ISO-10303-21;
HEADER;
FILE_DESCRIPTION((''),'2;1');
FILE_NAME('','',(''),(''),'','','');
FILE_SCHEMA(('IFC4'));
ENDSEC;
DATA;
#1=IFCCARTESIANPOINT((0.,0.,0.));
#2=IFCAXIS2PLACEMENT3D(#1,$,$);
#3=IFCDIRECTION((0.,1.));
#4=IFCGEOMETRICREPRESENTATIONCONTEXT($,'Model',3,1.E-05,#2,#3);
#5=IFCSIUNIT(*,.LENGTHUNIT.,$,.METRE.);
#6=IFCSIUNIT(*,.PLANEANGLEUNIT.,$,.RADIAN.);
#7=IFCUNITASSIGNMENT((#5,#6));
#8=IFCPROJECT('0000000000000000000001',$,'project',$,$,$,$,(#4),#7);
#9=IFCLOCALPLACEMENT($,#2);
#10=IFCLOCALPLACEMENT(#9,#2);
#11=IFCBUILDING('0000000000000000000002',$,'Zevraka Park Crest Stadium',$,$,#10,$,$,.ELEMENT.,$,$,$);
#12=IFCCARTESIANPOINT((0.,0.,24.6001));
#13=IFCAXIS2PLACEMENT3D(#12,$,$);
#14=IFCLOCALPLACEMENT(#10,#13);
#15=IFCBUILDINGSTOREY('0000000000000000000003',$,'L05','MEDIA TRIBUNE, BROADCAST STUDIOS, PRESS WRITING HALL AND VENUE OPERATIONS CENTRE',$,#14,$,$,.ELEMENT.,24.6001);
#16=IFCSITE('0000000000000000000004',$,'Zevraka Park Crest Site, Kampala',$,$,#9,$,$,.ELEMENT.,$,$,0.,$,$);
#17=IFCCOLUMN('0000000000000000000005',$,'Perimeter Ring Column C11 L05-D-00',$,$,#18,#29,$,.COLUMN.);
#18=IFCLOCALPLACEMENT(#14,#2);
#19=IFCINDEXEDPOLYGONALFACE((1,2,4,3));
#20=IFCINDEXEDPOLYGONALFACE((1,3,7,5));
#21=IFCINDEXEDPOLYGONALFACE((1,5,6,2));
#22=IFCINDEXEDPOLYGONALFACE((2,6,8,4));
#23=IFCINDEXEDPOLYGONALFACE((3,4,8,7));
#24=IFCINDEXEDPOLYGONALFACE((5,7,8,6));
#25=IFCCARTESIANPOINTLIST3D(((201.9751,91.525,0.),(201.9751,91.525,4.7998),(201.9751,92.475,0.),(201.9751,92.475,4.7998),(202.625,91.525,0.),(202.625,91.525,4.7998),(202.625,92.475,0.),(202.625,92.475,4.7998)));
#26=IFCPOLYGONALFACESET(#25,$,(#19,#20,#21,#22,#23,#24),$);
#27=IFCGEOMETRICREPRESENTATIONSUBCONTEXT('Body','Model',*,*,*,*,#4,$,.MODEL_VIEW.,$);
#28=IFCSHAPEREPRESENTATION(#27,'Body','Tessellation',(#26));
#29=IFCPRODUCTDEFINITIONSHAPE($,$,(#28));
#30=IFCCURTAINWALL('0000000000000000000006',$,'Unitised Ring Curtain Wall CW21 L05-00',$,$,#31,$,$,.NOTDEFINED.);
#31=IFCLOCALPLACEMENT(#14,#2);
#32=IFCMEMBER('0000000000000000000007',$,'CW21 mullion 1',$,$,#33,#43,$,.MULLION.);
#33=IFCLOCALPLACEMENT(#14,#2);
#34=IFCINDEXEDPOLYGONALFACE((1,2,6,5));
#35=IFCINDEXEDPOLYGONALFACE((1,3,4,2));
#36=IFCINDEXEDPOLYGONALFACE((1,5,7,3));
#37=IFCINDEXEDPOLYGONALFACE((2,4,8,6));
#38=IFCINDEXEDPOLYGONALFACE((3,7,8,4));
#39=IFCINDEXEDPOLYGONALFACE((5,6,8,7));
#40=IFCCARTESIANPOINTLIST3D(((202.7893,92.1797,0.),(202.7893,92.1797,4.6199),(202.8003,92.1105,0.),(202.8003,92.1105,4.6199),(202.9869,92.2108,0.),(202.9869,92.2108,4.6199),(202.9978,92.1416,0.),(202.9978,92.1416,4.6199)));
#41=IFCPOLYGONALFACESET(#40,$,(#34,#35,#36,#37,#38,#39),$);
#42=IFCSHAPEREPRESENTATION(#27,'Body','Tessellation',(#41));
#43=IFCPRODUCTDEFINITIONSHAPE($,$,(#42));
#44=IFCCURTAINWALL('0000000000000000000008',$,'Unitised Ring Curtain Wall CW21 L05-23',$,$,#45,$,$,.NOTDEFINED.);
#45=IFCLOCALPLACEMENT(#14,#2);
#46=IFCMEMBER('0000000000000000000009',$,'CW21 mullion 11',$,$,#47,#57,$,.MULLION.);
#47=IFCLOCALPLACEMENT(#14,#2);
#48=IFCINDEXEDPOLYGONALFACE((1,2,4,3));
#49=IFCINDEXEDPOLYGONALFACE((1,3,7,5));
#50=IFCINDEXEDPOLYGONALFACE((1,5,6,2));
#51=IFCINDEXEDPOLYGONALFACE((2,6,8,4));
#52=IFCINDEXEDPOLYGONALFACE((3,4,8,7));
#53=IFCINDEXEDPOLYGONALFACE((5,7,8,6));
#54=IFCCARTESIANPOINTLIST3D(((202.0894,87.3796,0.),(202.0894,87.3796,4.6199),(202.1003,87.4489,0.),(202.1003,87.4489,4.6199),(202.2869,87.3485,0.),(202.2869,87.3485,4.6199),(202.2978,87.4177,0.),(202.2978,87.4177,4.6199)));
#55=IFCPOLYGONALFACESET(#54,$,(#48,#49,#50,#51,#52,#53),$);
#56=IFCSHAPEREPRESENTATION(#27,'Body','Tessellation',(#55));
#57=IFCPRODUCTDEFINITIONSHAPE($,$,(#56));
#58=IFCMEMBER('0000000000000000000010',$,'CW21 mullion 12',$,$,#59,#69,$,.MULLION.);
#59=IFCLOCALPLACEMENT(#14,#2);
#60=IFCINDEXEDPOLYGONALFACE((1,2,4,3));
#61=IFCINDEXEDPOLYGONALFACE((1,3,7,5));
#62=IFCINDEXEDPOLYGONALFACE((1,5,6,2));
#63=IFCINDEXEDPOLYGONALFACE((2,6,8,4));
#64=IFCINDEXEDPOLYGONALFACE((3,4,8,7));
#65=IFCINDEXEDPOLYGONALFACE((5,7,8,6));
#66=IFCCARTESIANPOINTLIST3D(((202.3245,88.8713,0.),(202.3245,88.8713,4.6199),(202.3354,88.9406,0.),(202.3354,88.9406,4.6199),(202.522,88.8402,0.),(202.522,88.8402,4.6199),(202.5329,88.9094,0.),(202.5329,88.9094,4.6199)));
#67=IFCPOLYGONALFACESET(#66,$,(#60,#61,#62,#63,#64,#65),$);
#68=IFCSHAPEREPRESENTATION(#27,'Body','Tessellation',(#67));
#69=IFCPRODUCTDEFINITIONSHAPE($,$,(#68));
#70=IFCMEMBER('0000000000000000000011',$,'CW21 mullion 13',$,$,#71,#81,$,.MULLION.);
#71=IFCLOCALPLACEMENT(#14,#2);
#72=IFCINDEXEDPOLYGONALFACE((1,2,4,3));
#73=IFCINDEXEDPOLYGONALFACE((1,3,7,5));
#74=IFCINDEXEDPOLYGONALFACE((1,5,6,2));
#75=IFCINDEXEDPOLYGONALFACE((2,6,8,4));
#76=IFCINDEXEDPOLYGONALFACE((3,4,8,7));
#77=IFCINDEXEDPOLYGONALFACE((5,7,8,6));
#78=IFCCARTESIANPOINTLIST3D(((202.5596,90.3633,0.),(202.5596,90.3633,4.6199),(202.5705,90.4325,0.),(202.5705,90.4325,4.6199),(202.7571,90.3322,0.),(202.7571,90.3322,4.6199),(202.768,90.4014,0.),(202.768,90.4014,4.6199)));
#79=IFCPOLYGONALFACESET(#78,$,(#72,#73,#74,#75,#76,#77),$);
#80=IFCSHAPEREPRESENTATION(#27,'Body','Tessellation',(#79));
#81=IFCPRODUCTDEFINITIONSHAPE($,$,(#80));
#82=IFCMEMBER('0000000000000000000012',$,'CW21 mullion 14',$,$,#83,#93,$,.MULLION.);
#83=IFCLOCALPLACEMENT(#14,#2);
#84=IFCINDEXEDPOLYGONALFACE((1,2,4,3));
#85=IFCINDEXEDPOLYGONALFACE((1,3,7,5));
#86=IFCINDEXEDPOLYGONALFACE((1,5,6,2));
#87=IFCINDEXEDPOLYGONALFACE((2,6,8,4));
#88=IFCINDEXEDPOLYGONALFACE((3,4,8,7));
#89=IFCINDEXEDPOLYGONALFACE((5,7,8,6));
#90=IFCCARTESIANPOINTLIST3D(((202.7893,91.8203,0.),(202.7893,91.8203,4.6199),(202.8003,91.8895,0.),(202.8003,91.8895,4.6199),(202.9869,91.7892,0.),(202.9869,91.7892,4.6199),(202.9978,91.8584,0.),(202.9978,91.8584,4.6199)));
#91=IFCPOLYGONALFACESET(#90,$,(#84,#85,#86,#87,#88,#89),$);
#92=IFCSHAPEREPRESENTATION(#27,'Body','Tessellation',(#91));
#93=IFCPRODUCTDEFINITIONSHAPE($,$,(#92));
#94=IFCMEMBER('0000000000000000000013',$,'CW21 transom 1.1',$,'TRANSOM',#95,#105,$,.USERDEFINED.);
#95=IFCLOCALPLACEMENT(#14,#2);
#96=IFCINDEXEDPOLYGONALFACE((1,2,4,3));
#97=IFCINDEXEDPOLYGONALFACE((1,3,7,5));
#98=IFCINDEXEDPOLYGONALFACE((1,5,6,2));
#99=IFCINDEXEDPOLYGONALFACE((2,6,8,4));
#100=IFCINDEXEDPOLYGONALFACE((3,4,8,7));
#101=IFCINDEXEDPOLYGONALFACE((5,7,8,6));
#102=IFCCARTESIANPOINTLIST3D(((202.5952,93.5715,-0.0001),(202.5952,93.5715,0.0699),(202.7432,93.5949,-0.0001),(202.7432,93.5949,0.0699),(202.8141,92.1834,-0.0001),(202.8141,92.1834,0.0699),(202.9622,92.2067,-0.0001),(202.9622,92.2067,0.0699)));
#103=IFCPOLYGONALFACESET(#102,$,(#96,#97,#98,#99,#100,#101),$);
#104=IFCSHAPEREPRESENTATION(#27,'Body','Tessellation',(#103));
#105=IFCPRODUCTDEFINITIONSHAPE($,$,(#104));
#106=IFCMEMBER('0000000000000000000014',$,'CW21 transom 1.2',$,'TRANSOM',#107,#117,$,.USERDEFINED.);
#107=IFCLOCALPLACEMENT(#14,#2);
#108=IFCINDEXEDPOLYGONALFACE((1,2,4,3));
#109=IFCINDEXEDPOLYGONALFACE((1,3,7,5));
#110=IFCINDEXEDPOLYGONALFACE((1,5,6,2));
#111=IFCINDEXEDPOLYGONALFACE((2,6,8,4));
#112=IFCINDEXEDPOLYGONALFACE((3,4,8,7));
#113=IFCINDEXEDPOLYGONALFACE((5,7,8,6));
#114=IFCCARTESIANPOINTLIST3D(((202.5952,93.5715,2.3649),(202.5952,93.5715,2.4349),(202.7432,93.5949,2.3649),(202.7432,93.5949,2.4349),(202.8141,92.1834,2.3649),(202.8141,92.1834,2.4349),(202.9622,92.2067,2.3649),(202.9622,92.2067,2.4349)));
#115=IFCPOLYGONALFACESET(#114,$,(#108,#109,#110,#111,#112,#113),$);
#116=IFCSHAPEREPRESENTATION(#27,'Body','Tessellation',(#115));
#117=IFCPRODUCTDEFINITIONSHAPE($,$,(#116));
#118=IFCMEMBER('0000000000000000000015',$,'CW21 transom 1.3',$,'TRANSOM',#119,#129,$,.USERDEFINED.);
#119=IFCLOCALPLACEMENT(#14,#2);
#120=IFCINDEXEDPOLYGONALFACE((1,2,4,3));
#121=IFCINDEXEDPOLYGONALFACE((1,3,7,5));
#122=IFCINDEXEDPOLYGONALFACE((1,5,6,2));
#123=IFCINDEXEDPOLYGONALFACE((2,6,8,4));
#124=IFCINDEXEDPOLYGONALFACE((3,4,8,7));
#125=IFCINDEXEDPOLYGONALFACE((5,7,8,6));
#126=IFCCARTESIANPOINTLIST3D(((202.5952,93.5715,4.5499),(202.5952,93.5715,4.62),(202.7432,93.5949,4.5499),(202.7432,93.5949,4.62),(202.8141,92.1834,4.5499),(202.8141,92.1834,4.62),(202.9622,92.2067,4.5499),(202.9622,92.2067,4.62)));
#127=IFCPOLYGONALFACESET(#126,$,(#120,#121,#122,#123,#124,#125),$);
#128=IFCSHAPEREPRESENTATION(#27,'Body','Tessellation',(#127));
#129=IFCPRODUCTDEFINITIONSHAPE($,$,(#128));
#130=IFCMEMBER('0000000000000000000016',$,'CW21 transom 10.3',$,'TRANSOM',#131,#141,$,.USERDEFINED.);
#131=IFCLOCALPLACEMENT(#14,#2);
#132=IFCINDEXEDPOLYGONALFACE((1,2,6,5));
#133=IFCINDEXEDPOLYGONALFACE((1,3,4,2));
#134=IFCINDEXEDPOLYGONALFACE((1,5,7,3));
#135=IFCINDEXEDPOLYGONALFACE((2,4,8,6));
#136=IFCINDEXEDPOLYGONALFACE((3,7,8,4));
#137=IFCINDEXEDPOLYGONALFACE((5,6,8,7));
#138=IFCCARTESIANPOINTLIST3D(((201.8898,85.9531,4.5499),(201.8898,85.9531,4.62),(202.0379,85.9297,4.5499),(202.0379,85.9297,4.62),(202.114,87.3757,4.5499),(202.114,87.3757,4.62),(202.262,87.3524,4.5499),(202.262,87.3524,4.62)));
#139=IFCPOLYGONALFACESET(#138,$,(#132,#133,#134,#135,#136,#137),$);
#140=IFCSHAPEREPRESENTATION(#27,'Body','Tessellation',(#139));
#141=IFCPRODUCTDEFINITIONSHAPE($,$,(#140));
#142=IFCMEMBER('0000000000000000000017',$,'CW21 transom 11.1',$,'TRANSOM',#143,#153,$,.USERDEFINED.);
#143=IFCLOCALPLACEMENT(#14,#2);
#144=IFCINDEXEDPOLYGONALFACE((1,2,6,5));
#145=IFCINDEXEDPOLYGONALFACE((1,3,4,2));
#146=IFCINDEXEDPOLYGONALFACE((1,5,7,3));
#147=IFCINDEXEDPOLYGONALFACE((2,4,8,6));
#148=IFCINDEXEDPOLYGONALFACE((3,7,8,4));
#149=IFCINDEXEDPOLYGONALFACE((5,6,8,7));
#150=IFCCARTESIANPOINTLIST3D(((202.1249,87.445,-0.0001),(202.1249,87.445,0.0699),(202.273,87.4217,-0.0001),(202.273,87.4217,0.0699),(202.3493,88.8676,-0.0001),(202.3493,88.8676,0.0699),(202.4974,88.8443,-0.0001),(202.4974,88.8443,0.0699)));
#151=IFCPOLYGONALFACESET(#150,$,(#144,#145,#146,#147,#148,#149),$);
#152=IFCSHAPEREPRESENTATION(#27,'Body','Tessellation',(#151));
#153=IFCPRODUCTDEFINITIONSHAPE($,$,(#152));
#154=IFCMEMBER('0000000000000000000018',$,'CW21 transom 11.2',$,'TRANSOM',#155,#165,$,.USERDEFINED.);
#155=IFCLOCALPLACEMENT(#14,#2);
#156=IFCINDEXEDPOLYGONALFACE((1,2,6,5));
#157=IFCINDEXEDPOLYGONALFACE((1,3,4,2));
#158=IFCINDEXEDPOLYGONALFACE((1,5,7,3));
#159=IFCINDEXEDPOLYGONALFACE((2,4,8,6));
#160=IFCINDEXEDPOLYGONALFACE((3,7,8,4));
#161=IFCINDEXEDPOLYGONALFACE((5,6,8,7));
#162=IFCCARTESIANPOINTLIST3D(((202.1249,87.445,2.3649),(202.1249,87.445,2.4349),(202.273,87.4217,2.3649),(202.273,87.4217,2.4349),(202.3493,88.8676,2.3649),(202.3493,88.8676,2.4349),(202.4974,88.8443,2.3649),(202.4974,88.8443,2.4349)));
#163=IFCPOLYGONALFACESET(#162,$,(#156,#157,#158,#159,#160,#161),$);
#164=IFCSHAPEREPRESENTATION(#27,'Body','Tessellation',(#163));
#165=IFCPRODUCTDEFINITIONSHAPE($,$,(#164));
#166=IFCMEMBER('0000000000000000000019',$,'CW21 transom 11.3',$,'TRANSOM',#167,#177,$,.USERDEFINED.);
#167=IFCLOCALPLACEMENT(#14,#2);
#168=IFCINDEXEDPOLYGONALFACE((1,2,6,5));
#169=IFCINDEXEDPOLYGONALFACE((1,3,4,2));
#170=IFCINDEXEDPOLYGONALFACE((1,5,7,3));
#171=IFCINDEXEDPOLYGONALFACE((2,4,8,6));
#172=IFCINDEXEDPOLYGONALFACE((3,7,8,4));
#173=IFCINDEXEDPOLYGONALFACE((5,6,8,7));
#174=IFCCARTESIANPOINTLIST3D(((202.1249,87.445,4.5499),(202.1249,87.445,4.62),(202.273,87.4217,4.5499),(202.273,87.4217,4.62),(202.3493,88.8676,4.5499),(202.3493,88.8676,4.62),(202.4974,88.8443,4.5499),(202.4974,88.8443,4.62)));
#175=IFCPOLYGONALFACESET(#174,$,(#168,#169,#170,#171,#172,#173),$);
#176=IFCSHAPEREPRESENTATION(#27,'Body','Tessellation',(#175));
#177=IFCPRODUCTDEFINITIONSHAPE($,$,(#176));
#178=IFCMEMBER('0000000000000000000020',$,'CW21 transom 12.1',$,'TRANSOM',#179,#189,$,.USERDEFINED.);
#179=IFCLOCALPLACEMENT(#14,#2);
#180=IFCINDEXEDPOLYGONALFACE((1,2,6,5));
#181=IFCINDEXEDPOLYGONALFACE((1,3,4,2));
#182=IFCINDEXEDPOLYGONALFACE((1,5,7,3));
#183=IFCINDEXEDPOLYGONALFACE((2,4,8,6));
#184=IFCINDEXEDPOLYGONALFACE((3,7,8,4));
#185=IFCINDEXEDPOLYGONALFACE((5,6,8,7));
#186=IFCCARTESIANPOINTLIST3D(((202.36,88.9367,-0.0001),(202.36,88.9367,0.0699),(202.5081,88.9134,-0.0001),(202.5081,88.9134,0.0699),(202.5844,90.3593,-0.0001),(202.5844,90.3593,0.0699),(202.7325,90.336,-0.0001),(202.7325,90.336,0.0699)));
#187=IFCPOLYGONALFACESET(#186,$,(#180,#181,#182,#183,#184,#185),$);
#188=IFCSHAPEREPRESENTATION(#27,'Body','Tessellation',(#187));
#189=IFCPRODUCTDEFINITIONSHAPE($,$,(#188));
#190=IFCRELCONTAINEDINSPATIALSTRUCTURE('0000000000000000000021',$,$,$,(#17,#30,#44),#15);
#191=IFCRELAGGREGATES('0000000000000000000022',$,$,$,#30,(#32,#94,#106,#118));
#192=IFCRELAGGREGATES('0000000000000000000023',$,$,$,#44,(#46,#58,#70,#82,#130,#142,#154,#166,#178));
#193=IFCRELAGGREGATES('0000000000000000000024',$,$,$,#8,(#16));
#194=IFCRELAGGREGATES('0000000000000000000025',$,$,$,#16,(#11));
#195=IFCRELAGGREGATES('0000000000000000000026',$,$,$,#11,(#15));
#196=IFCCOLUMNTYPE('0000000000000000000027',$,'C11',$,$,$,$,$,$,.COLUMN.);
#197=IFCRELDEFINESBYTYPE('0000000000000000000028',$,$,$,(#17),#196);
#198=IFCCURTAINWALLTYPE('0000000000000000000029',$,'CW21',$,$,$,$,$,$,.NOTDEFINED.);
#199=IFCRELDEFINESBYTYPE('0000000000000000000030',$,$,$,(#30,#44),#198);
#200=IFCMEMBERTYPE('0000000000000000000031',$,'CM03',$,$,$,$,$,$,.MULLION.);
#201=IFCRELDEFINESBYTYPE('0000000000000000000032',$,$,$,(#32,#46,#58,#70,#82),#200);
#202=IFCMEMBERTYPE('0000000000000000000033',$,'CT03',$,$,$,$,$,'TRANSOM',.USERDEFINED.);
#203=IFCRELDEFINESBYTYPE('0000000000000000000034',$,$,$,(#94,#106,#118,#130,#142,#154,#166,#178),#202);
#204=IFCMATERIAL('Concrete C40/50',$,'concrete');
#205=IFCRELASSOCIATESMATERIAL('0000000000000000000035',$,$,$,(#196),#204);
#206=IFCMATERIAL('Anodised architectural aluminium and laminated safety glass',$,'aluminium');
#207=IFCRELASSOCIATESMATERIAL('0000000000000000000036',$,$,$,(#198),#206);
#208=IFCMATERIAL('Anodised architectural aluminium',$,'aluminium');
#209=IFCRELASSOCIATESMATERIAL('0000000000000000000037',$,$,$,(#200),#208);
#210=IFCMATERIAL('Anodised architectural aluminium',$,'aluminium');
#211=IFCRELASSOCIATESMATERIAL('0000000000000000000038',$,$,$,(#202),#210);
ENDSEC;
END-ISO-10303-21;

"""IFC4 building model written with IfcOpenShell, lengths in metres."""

from ifc_helpers import new_model, si_unit, direction, frame, origin, origin_2d, place, context, subcontext, project, spatial, rectangle, extrude, material, material_profile, profile_set, type_object, element, aggregate, save


model = new_model("IFC4")

# Units and contexts
model_context = context("Model", 3, precision=1e-05, world=origin(), true_north=direction((0.0, 1.0)))
body_context = subcontext(model_context, "Body", "Model", "MODEL_VIEW")
ifc_project = project(units=[si_unit("LENGTHUNIT", "METRE"), si_unit("PLANEANGLEUNIT", "RADIAN")], contexts=[model_context])

# Site, building, storey
site_placement = place(None, origin())
site = spatial("IfcSite", under=ifc_project, at=site_placement, Name="Zevraka Park Crest Site, Kampala", CompositionType="ELEMENT", RefElevation=0.0)
building_placement = place(site_placement, origin())
building = spatial("IfcBuilding", under=site, at=building_placement, Name="Zevraka Park Crest Stadium", CompositionType="ELEMENT")
storey_placement = place(building_placement, frame((0.0, 0.0, 24.6001)))
storey = spatial("IfcBuildingStorey", under=building, at=storey_placement, Name="L05", Description="MEDIA TRIBUNE, BROADCAST STUDIOS, PRESS WRITING HALL AND VENUE OPERATIONS CENTRE", CompositionType="ELEMENT", Elevation=24.6001)

# Column
ifc_material_1 = material(Name="Concrete C40/50", Category="concrete")
ifc_material_profile_1 = material_profile(ifc_material_1, rectangle(XDim=0.6499, YDim=0.95, at=origin_2d()), Name="RC 950x650")
ifc_profile_set_1 = profile_set([ifc_material_profile_1], Name="Concrete C40/50")
column_type = type_object("IfcColumnType", Name="C11", PredefinedType="COLUMN", material=ifc_profile_set_1)
column_placement = place(storey_placement, frame((202.3, 92.0, 0.0), z_axis=(0.0, 0.0, 1.0), x_axis=(1.0, 0.0, 0.0)))
element("IfcColumn", 1, at=column_placement, inside=storey, type_object=column_type, Name="Perimeter Ring Column C11 L05-D-00", PredefinedType="COLUMN", context=body_context, shape_type="SweptSolid", body=[
    extrude(rectangle(XDim=0.6499, YDim=0.95, at=origin_2d()), origin(), (0.0, 0.0, 1.0), 4.7998),
])

# Curtain wall, member
ifc_material_2 = material(Name="Anodised architectural aluminium and laminated safety glass", Category="aluminium")
curtain_wall_type = type_object("IfcCurtainWallType", Name="CW21", PredefinedType="NOTDEFINED", material=ifc_material_2)
curtain_wall_1_placement = place(storey_placement, origin())
curtain_wall_1 = element("IfcCurtainWall", 2, at=curtain_wall_1_placement, inside=storey, type_object=curtain_wall_type, Name="Unitised Ring Curtain Wall CW21 L05-00", PredefinedType="NOTDEFINED")
ifc_material_3 = material(Name="Anodised architectural aluminium", Category="aluminium")
ifc_material_profile_2 = material_profile(ifc_material_3, rectangle(XDim=0.2, YDim=0.0701, at=origin_2d()), Name="ALU MULLION 200x70")
ifc_profile_set_2 = profile_set([ifc_material_profile_2], Name="Anodised architectural aluminium")
member_type_1 = type_object("IfcMemberType", Name="CM03", PredefinedType="MULLION", material=ifc_profile_set_2)
member_1_placement = place(storey_placement, frame((202.8936, 92.1606, 0.0), z_axis=(0.0, 0.0, 1.0), x_axis=(-0.987803, -0.155711, 0.0)))
member_1 = element("IfcMember", 3, at=member_1_placement, type_object=member_type_1, Name="CW21 mullion 1", PredefinedType="MULLION", context=body_context, shape_type="SweptSolid", body=[
    extrude(rectangle(XDim=0.2, YDim=0.0701, at=origin_2d()), origin(), (0.0, 0.0, 1.0), 4.6199),
])

# Curtain wall, members
curtain_wall_2_placement = place(storey_placement, origin())
curtain_wall_2 = element("IfcCurtainWall", 4, at=curtain_wall_2_placement, inside=storey, type_object=curtain_wall_type, Name="Unitised Ring Curtain Wall CW21 L05-23", PredefinedType="NOTDEFINED")
member_2_placement = place(storey_placement, frame((202.1936, 87.3987, 0.0), z_axis=(0.0, 0.0, 1.0), x_axis=(-0.987803, 0.155711, 0.0)))
member_2 = element("IfcMember", 5, at=member_2_placement, type_object=member_type_1, Name="CW21 mullion 11", PredefinedType="MULLION", context=body_context, shape_type="SweptSolid", body=[
    extrude(rectangle(XDim=0.2, YDim=0.0701, at=origin_2d()), origin(), (0.0, 0.0, 1.0), 4.6199),
])
member_3_placement = place(storey_placement, frame((202.4287, 88.8904, 0.0), z_axis=(0.0, 0.0, 1.0), x_axis=(-0.987803, 0.155711, 0.0)))
member_3 = element("IfcMember", 6, at=member_3_placement, type_object=member_type_1, Name="CW21 mullion 12", PredefinedType="MULLION", context=body_context, shape_type="SweptSolid", body=[
    extrude(rectangle(XDim=0.2, YDim=0.0701, at=origin_2d()), origin(), (0.0, 0.0, 1.0), 4.6199),
])
member_4_placement = place(storey_placement, frame((202.6638, 90.3823, 0.0), z_axis=(0.0, 0.0, 1.0), x_axis=(-0.987803, 0.155711, 0.0)))
member_4 = element("IfcMember", 7, at=member_4_placement, type_object=member_type_1, Name="CW21 mullion 13", PredefinedType="MULLION", context=body_context, shape_type="SweptSolid", body=[
    extrude(rectangle(XDim=0.2, YDim=0.0701, at=origin_2d()), origin(), (0.0, 0.0, 1.0), 4.6199),
])
member_5_placement = place(storey_placement, frame((202.8936, 91.8394, 0.0), z_axis=(0.0, 0.0, 1.0), x_axis=(-0.987803, 0.155711, 0.0)))
member_5 = element("IfcMember", 8, at=member_5_placement, type_object=member_type_1, Name="CW21 mullion 14", PredefinedType="MULLION", context=body_context, shape_type="SweptSolid", body=[
    extrude(rectangle(XDim=0.2, YDim=0.0701, at=origin_2d()), origin(), (0.0, 0.0, 1.0), 4.6199),
])

# Members
ifc_material_4 = material(Name="Anodised architectural aluminium", Category="aluminium")
ifc_material_profile_3 = material_profile(ifc_material_4, rectangle(XDim=0.1499, YDim=0.0701, at=origin_2d()), Name="ALU TRANSOM 150x70")
ifc_profile_set_3 = profile_set([ifc_material_profile_3], Name="Anodised architectural aluminium")
member_type_2 = type_object("IfcMemberType", Name="CT03", ElementType="TRANSOM", PredefinedType="USERDEFINED", material=ifc_profile_set_3)
member_6_placement = place(storey_placement, frame((202.8882, 92.1951, 0.0349), z_axis=(-0.155829, 0.987784, 0.0), x_axis=(-0.987784, -0.155829, 0.0)))
member_6 = element("IfcMember", 9, at=member_6_placement, type_object=member_type_2, Name="CW21 transom 1.1", ObjectType="TRANSOM", PredefinedType="USERDEFINED", context=body_context, shape_type="SweptSolid", body=[
    extrude(rectangle(XDim=0.1499, YDim=0.0701, at=origin_2d()), origin(), (0.0, 0.0, 1.0), 1.4053),
])
member_7_placement = place(storey_placement, frame((202.8882, 92.1951, 2.3999), z_axis=(-0.155829, 0.987784, 0.0), x_axis=(-0.987784, -0.155829, 0.0)))
member_7 = element("IfcMember", 10, at=member_7_placement, type_object=member_type_2, Name="CW21 transom 1.2", ObjectType="TRANSOM", PredefinedType="USERDEFINED", context=body_context, shape_type="SweptSolid", body=[
    extrude(rectangle(XDim=0.1499, YDim=0.0701, at=origin_2d()), origin(), (0.0, 0.0, 1.0), 1.4053),
])
member_8_placement = place(storey_placement, frame((202.8882, 92.1951, 4.585), z_axis=(-0.155829, 0.987784, 0.0), x_axis=(-0.987784, -0.155829, 0.0)))
member_8 = element("IfcMember", 11, at=member_8_placement, type_object=member_type_2, Name="CW21 transom 1.3", ObjectType="TRANSOM", PredefinedType="USERDEFINED", context=body_context, shape_type="SweptSolid", body=[
    extrude(rectangle(XDim=0.1499, YDim=0.0701, at=origin_2d()), origin(), (0.0, 0.0, 1.0), 1.4053),
])
aggregate(curtain_wall_1, [member_1, member_6, member_7, member_8])
member_9_placement = place(storey_placement, frame((201.9639, 85.9414, 4.585), z_axis=(0.155623, 0.987817, 0.0), x_axis=(-0.987817, 0.155623, 0.0)))
member_9 = element("IfcMember", 12, at=member_9_placement, type_object=member_type_2, Name="CW21 transom 10.3", ObjectType="TRANSOM", PredefinedType="USERDEFINED", context=body_context, shape_type="SweptSolid", body=[
    extrude(rectangle(XDim=0.1499, YDim=0.0701, at=origin_2d()), origin(), (0.0, 0.0, 1.0), 1.4402),
])
member_10_placement = place(storey_placement, frame((202.199, 87.4333, 0.0349), z_axis=(0.155788, 0.98779, 0.0), x_axis=(-0.98779, 0.155788, 0.0)))
member_10 = element("IfcMember", 13, at=member_10_placement, type_object=member_type_2, Name="CW21 transom 11.1", ObjectType="TRANSOM", PredefinedType="USERDEFINED", context=body_context, shape_type="SweptSolid", body=[
    extrude(rectangle(XDim=0.1499, YDim=0.0701, at=origin_2d()), origin(), (0.0, 0.0, 1.0), 1.4402),
])
member_11_placement = place(storey_placement, frame((202.199, 87.4333, 2.3999), z_axis=(0.155788, 0.98779, 0.0), x_axis=(-0.98779, 0.155788, 0.0)))
member_11 = element("IfcMember", 14, at=member_11_placement, type_object=member_type_2, Name="CW21 transom 11.2", ObjectType="TRANSOM", PredefinedType="USERDEFINED", context=body_context, shape_type="SweptSolid", body=[
    extrude(rectangle(XDim=0.1499, YDim=0.0701, at=origin_2d()), origin(), (0.0, 0.0, 1.0), 1.4402),
])
member_12_placement = place(storey_placement, frame((202.199, 87.4333, 4.585), z_axis=(0.155788, 0.98779, 0.0), x_axis=(-0.98779, 0.155788, 0.0)))
member_12 = element("IfcMember", 15, at=member_12_placement, type_object=member_type_2, Name="CW21 transom 11.3", ObjectType="TRANSOM", PredefinedType="USERDEFINED", context=body_context, shape_type="SweptSolid", body=[
    extrude(rectangle(XDim=0.1499, YDim=0.0701, at=origin_2d()), origin(), (0.0, 0.0, 1.0), 1.4402),
])
member_13_placement = place(storey_placement, frame((202.4341, 88.925, 0.0349), z_axis=(0.155788, 0.98779, 0.0), x_axis=(-0.98779, 0.155788, 0.0)))
member_13 = element("IfcMember", 16, at=member_13_placement, type_object=member_type_2, Name="CW21 transom 12.1", ObjectType="TRANSOM", PredefinedType="USERDEFINED", context=body_context, shape_type="SweptSolid", body=[
    extrude(rectangle(XDim=0.1499, YDim=0.0701, at=origin_2d()), origin(), (0.0, 0.0, 1.0), 1.4402),
])

aggregate(curtain_wall_2, [member_2, member_3, member_4, member_5, member_9, member_10, member_11, member_12, member_13])

save(model, "model.ifc")
